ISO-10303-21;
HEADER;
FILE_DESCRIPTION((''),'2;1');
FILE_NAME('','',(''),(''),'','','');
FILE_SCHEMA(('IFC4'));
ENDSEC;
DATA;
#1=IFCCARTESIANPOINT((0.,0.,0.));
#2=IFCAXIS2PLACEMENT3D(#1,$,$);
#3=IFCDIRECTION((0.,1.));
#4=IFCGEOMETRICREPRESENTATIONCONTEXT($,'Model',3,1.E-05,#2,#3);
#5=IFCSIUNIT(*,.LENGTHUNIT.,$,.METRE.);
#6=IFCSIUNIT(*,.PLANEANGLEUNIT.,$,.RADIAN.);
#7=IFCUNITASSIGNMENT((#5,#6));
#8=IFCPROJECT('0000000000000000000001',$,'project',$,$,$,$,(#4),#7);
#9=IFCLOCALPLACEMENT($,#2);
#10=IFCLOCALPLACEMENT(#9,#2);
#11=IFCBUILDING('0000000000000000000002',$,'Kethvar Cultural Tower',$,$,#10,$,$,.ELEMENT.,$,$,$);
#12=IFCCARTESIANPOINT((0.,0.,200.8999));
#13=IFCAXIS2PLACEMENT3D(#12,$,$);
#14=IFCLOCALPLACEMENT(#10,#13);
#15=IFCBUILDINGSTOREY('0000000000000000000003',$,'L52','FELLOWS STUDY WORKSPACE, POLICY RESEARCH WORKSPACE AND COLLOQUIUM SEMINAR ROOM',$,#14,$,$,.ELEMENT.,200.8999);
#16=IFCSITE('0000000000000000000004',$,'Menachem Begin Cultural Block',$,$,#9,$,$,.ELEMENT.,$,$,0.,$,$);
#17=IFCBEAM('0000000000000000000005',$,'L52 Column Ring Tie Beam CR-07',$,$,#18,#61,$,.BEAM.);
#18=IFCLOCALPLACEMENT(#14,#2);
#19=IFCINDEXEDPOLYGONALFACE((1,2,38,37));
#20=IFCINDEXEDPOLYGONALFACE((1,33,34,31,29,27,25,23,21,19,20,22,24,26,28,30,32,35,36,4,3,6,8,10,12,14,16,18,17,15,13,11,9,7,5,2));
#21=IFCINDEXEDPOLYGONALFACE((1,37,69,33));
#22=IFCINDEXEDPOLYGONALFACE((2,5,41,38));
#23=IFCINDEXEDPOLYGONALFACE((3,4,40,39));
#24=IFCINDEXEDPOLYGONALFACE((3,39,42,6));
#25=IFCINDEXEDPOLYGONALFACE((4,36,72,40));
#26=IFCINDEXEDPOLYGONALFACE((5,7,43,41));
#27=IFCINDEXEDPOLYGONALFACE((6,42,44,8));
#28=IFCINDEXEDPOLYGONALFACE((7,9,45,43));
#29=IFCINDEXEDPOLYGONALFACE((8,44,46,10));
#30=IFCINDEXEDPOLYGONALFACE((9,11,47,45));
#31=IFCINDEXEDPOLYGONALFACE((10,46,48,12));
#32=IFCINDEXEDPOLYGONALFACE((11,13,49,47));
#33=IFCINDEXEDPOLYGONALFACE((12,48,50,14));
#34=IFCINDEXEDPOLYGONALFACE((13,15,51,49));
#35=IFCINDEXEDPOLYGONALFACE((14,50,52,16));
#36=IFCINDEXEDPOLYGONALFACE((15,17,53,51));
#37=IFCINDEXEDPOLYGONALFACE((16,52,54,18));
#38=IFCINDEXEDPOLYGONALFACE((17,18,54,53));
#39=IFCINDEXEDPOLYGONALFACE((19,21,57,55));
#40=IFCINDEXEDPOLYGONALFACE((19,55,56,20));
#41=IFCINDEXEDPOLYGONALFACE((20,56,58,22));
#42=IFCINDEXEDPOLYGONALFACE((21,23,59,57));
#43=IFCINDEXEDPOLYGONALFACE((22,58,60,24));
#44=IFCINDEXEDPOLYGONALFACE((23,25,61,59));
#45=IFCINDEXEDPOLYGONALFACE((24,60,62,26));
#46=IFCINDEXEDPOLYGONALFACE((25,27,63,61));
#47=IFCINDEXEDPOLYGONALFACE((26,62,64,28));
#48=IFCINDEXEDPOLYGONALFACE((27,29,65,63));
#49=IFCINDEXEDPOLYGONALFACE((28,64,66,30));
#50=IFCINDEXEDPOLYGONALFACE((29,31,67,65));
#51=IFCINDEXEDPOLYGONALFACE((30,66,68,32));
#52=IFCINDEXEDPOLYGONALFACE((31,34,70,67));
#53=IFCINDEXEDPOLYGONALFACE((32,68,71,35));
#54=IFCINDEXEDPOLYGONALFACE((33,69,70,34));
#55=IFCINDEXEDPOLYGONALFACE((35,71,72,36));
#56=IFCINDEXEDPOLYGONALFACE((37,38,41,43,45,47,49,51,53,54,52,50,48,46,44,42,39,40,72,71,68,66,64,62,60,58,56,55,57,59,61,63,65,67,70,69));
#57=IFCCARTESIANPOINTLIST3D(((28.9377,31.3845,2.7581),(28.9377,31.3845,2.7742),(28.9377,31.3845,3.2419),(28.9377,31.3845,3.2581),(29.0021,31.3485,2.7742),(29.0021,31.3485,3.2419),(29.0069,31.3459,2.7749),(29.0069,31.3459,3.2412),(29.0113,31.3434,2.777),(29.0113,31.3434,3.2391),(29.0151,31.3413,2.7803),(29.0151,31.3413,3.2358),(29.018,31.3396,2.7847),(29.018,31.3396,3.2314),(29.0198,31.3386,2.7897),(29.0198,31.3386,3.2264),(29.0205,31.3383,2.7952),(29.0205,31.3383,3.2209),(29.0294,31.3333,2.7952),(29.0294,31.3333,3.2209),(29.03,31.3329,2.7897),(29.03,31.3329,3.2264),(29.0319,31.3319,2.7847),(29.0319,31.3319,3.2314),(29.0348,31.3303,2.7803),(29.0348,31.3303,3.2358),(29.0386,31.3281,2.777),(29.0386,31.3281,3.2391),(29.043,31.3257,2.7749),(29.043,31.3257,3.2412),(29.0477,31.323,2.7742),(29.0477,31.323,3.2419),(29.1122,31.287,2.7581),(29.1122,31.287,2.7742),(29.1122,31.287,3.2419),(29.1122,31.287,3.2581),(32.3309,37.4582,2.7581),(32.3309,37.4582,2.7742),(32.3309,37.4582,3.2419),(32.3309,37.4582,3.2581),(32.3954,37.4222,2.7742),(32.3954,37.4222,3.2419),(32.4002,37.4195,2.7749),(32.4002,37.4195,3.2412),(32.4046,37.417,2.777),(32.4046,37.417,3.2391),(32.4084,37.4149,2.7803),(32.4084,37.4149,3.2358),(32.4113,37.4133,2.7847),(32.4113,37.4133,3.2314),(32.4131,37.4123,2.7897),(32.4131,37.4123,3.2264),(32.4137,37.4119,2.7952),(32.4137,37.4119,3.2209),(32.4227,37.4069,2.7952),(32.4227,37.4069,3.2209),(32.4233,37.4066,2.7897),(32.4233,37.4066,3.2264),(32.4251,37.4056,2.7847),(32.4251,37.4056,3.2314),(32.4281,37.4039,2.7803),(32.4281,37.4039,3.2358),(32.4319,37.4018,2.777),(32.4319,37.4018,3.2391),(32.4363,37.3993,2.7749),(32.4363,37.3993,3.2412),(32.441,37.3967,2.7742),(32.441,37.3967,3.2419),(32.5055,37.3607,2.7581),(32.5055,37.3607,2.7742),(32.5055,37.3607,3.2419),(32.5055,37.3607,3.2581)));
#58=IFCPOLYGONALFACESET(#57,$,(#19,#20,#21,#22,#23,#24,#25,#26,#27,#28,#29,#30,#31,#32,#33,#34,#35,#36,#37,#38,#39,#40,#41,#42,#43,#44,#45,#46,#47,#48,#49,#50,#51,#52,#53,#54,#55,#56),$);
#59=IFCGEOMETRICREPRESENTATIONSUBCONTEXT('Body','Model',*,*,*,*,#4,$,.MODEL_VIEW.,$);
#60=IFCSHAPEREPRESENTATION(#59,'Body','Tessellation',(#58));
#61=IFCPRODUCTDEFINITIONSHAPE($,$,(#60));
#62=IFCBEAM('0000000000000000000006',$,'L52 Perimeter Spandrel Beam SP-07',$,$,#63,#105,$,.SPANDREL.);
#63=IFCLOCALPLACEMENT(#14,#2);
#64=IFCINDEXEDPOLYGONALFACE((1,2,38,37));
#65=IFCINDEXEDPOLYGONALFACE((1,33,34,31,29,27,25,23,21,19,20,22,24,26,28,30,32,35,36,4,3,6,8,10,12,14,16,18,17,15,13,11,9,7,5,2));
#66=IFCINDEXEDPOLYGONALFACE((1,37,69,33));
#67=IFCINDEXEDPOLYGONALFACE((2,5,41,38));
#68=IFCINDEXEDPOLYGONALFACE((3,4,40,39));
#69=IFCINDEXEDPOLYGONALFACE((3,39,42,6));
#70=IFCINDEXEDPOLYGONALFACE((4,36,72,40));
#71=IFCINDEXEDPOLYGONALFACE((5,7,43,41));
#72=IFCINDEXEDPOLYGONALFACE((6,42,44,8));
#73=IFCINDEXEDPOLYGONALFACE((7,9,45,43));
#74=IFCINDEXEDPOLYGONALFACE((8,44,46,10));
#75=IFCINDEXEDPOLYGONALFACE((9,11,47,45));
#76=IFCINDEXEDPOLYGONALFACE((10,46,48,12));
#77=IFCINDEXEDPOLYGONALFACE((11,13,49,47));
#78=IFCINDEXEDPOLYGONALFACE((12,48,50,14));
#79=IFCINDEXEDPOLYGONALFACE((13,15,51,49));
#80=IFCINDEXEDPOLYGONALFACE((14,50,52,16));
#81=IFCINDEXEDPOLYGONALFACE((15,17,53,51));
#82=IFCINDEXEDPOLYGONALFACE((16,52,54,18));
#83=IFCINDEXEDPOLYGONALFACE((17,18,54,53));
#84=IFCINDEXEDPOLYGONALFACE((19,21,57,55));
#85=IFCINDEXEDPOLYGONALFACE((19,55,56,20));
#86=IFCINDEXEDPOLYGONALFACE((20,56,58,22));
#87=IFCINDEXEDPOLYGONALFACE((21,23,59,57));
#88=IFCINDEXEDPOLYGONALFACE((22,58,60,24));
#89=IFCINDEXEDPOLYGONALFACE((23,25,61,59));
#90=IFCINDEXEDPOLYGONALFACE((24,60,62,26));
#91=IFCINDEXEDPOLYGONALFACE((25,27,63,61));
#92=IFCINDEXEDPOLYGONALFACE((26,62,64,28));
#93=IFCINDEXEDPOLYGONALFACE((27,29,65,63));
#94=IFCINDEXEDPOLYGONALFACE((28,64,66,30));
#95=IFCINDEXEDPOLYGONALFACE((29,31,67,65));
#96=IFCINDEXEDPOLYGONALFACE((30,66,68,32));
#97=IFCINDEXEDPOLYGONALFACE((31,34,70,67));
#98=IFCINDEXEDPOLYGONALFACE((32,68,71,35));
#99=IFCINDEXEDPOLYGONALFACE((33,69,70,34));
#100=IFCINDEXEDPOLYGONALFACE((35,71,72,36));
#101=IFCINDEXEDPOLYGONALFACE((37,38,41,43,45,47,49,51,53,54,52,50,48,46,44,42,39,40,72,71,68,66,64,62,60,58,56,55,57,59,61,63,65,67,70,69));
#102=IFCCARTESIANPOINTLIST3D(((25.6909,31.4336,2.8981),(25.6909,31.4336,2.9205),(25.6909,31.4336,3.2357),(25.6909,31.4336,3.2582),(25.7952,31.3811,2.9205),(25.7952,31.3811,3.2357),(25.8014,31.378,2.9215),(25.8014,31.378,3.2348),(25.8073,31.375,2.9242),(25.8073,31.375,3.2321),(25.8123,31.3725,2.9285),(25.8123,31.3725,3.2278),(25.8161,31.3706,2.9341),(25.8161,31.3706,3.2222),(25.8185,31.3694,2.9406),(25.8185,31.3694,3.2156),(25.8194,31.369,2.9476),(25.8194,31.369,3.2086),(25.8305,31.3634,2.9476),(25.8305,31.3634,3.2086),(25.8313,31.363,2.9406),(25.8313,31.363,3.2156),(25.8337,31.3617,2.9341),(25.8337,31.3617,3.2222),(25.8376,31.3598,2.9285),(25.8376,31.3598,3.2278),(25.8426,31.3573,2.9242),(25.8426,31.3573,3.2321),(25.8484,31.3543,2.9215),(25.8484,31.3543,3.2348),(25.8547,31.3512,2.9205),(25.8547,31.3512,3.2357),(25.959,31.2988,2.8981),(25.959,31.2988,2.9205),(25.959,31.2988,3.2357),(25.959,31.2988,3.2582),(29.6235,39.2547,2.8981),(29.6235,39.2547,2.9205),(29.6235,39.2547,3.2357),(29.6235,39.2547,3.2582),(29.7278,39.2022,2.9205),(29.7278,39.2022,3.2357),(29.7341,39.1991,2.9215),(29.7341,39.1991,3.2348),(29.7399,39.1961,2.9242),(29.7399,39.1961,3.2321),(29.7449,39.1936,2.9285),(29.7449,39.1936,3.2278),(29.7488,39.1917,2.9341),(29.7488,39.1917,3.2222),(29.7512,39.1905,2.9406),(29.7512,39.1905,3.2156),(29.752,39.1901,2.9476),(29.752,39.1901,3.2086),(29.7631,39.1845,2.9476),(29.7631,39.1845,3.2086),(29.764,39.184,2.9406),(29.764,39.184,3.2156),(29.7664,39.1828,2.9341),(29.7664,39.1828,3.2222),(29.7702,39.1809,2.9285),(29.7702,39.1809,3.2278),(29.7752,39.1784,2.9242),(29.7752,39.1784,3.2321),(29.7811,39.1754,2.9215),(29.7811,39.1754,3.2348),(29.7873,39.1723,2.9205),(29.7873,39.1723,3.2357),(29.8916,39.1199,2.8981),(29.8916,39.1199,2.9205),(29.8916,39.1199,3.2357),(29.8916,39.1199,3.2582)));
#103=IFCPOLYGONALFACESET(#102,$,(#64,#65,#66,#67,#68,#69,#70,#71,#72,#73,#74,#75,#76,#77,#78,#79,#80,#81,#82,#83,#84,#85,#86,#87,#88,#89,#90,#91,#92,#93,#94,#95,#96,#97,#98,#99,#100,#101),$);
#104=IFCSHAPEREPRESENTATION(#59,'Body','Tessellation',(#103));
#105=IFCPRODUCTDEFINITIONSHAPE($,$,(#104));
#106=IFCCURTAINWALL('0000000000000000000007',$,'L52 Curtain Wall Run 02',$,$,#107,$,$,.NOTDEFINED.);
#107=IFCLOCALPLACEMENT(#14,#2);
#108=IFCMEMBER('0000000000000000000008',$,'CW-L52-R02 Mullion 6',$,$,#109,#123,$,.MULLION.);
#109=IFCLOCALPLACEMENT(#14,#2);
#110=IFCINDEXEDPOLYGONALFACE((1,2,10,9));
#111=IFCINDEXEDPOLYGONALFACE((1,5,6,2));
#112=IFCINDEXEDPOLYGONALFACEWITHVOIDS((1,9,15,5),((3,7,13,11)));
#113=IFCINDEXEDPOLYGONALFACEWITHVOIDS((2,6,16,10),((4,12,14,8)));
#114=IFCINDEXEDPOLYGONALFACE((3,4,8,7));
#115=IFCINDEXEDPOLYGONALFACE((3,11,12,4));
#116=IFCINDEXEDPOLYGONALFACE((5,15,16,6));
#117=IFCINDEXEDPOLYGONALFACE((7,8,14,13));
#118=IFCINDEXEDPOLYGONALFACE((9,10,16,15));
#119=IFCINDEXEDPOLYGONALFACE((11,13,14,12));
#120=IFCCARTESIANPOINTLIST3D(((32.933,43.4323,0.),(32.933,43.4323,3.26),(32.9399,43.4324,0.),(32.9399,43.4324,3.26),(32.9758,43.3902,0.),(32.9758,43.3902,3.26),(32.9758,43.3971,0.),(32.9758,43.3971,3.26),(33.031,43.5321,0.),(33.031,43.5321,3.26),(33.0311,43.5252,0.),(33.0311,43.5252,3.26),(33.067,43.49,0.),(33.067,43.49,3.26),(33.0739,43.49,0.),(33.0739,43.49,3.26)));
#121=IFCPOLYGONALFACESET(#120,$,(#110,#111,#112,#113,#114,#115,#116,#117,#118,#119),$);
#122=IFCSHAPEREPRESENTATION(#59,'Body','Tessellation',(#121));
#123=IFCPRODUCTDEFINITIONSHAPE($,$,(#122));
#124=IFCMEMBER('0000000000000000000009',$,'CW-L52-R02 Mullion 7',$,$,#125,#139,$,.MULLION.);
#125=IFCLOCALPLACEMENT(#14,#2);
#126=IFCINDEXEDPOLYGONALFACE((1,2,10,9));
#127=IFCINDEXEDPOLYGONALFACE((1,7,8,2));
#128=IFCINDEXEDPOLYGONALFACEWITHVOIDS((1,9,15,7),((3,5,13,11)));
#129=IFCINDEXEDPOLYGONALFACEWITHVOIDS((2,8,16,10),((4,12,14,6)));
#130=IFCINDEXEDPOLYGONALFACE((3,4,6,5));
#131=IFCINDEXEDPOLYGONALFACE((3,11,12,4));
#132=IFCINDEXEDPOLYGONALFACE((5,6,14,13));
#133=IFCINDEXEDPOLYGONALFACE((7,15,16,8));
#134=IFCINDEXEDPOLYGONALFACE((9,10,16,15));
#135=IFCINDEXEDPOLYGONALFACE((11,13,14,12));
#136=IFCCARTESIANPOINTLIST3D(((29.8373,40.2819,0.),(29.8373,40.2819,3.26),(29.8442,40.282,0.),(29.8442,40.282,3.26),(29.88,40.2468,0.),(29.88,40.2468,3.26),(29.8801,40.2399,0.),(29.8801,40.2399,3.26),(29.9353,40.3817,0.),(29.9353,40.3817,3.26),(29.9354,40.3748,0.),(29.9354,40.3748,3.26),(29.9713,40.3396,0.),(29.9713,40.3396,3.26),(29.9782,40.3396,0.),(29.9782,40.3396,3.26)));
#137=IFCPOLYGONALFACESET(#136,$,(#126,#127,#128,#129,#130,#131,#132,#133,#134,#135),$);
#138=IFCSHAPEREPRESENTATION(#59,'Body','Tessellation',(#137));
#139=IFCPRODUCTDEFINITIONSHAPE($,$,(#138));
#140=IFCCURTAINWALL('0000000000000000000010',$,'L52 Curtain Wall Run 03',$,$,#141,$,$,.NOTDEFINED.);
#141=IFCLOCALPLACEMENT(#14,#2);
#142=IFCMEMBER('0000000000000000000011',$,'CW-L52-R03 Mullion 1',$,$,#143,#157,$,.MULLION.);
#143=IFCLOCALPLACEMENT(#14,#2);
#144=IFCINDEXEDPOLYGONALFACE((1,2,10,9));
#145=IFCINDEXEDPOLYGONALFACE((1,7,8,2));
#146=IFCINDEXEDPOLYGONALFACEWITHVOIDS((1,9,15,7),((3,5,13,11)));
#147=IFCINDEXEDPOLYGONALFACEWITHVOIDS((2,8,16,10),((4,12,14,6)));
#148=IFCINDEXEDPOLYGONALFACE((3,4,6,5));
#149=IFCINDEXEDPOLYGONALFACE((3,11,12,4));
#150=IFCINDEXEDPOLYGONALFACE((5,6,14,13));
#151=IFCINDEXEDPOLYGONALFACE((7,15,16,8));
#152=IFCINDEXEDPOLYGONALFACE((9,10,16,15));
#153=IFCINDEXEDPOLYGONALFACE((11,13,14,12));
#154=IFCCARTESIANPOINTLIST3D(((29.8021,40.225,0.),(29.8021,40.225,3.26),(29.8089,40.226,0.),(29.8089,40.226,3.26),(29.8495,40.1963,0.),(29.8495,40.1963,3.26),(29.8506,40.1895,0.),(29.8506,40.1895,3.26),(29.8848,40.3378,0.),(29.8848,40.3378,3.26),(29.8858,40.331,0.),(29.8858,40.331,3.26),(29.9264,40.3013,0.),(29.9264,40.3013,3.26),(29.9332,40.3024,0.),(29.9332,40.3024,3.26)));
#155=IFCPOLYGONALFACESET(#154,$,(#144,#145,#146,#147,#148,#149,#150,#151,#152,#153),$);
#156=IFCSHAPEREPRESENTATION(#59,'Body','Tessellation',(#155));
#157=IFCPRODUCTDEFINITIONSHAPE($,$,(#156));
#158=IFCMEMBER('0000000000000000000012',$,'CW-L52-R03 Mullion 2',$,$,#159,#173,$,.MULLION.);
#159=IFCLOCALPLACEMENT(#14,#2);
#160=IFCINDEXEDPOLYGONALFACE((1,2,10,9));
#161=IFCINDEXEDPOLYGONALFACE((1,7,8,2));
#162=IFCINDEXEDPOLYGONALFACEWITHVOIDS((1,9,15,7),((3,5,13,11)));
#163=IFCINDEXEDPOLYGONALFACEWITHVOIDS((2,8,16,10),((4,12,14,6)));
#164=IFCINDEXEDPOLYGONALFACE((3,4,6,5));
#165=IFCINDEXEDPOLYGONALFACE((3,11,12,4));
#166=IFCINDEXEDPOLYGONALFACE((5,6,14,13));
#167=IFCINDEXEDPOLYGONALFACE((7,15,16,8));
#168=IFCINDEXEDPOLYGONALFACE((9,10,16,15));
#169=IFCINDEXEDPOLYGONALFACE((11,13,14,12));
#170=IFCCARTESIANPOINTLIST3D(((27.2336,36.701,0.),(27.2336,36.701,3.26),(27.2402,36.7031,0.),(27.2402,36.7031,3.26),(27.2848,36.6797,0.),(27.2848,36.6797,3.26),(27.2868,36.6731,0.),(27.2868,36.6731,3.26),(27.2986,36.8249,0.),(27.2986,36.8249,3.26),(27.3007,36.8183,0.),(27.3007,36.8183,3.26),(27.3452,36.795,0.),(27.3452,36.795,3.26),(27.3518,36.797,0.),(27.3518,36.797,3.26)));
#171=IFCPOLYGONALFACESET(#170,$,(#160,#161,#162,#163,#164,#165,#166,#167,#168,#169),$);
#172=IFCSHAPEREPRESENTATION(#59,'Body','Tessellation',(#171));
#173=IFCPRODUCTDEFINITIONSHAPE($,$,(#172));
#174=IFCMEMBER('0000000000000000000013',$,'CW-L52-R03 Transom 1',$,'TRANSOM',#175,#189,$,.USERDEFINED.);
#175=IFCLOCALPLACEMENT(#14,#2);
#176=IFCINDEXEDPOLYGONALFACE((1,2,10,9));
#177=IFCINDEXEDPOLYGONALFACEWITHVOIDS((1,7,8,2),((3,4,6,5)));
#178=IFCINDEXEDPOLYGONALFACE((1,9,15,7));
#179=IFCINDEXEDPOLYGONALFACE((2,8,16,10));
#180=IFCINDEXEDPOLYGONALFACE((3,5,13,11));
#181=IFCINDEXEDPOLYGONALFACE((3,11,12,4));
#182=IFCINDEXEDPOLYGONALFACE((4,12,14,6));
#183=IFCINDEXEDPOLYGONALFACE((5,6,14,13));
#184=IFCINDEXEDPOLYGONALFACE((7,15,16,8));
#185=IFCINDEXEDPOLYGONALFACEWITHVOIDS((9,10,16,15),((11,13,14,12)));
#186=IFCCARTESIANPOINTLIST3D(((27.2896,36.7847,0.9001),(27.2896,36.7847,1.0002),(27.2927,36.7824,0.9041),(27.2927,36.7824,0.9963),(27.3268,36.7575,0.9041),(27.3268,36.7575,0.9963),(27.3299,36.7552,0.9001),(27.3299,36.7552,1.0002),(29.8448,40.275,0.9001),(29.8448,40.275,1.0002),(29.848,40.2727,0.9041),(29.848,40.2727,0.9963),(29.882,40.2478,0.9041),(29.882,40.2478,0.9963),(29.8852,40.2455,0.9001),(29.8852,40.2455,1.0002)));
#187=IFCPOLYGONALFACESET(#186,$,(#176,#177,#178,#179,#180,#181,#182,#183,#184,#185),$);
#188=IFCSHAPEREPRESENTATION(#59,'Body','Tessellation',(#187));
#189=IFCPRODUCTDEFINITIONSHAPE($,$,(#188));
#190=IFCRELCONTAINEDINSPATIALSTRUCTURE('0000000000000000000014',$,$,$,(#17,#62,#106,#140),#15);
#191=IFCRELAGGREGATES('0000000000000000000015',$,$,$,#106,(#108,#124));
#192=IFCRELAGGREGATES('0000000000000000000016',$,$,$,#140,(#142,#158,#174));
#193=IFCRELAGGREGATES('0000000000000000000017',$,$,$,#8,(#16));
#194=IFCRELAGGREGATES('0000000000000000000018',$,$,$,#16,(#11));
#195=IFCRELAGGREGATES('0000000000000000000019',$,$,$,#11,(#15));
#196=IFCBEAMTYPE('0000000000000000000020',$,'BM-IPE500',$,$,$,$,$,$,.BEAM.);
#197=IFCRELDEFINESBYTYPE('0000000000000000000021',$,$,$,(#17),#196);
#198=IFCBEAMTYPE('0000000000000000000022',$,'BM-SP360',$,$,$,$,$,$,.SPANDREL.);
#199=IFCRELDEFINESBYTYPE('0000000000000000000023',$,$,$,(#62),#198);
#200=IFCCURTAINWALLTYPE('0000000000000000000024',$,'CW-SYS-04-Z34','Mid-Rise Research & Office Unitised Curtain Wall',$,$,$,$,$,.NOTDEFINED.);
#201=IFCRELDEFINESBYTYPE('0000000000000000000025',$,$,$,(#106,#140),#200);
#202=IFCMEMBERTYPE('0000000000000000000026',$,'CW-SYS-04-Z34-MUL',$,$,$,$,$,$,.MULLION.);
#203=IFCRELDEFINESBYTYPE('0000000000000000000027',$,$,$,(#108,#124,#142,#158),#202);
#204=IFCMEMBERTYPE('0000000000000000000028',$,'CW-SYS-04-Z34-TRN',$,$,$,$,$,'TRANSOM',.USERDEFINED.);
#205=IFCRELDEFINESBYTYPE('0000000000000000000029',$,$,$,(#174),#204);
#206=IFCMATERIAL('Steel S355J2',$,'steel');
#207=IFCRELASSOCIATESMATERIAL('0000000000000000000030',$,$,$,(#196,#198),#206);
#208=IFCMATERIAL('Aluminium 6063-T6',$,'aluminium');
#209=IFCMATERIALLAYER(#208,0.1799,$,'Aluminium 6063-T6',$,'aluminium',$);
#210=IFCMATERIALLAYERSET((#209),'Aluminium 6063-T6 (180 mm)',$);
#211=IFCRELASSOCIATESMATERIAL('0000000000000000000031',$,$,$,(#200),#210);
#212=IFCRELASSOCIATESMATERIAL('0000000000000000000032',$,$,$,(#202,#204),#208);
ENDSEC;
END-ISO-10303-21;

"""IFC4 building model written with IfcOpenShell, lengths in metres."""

from ifc_helpers import new_model, si_unit, direction, frame, origin, origin_2d, place, context, subcontext, project, spatial, hollow_rectangle, i_section, extrude, source, transform, mapped, material, layer, layer_set, material_profile, profile_set, type_object, element, aggregate, save


model = new_model("IFC4")

# Units and contexts
model_context = context("Model", 3, precision=1e-05, world=origin(), true_north=direction((0.0, 1.0)))
body_context = subcontext(model_context, "Body", "Model", "MODEL_VIEW")
ifc_project = project(units=[si_unit("LENGTHUNIT", "METRE"), si_unit("PLANEANGLEUNIT", "RADIAN")], contexts=[model_context])

# Site, building, storey
site_placement = place(None, origin())
site = spatial("IfcSite", under=ifc_project, at=site_placement, Name="Menachem Begin Cultural Block", CompositionType="ELEMENT", RefElevation=0.0)
building_placement = place(site_placement, origin())
building = spatial("IfcBuilding", under=site, at=building_placement, Name="Kethvar Cultural Tower", CompositionType="ELEMENT")
storey_placement = place(building_placement, frame((0.0, 0.0, 200.8999)))
storey = spatial("IfcBuildingStorey", under=building, at=storey_placement, Name="L52", Description="FELLOWS STUDY WORKSPACE, POLICY RESEARCH WORKSPACE AND COLLOQUIUM SEMINAR ROOM", CompositionType="ELEMENT", Elevation=200.8999)

# Beams
ifc_material_1 = material(Name="Steel S355J2", Category="steel")
ifc_material_profile_1 = material_profile(ifc_material_1, i_section(OverallWidth=0.2, OverallDepth=0.5, WebThickness=0.0103, FlangeThickness=0.0161, FilletRadius=0.021, at=origin_2d()), Name="Steel S355J2 — IPE500")
ifc_profile_set_1 = profile_set([ifc_material_profile_1], Name="Steel S355J2 — IPE500")
beam_type_1 = type_object("IfcBeamType", Name="BM-IPE500", PredefinedType="BEAM", material=ifc_profile_set_1)
ifc_material_profile_2 = material_profile(ifc_material_1, i_section(OverallWidth=0.3, OverallDepth=0.3601, WebThickness=0.0125, FlangeThickness=0.0225, FilletRadius=0.0271, at=origin_2d()), Name="Steel S355J2 — HEB360")
ifc_profile_set_2 = profile_set([ifc_material_profile_2], Name="Steel S355J2 — HEB360")
beam_type_2 = type_object("IfcBeamType", Name="BM-SP360", PredefinedType="SPANDREL", material=ifc_profile_set_2)
shared_shape_1 = source(origin(), body_context, "Body", "SweptSolid", [
    extrude(i_section(OverallWidth=0.2, OverallDepth=0.5, WebThickness=0.0103, FlangeThickness=0.0161, FilletRadius=0.021, at=origin_2d()), origin(), (0.0, 0.0, 1.0), 6.9573),
])
beam_1_placement = place(storey_placement, frame((32.4182, 37.4094, 3.0081), z_axis=(-0.48773, -0.872994, 0.0), x_axis=(0.872994, -0.48773, 0.0)))
element("IfcBeam", 1, at=beam_1_placement, inside=storey, type_object=beam_type_1, Name="L52 Column Ring Tie Beam CR-07", PredefinedType="BEAM", context=body_context, shape_type="MappedRepresentation", body=[
    mapped(shared_shape_1, transform((0.0, 0.0, 0.0), scale=1.0)),
])
shared_shape_2 = source(origin(), body_context, "Body", "SweptSolid", [
    extrude(i_section(OverallWidth=0.3, OverallDepth=0.3601, WebThickness=0.0125, FlangeThickness=0.0225, FilletRadius=0.0271, at=origin_2d()), origin(), (0.0, 0.0, 1.0), 8.7542),
])
beam_2_placement = place(storey_placement, frame((29.7576, 39.1873, 3.0781), z_axis=(-0.449232, -0.893415, 0.0), x_axis=(0.893415, -0.449232, 0.0)))
element("IfcBeam", 2, at=beam_2_placement, inside=storey, type_object=beam_type_2, Name="L52 Perimeter Spandrel Beam SP-07", PredefinedType="SPANDREL", context=body_context, shape_type="MappedRepresentation", body=[
    mapped(shared_shape_2, transform((0.0, 0.0, 0.0), scale=1.0)),
])

# Curtain walls, members
ifc_material_2 = material(Name="Aluminium 6063-T6", Category="aluminium")
ifc_layer_1 = layer(ifc_material_2, 0.1799, Name="Aluminium 6063-T6", Category="aluminium")
ifc_layer_set_1 = layer_set([ifc_layer_1], Name="Aluminium 6063-T6 (180 mm)")
curtain_wall_type = type_object("IfcCurtainWallType", Name="CW-SYS-04-Z34", Description="Mid-Rise Research & Office Unitised Curtain Wall", PredefinedType="NOTDEFINED", material=ifc_layer_set_1)
curtain_wall_1_placement = place(storey_placement, origin())
curtain_wall_1 = element("IfcCurtainWall", 3, at=curtain_wall_1_placement, inside=storey, type_object=curtain_wall_type, Name="L52 Curtain Wall Run 02", PredefinedType="NOTDEFINED")
ifc_material_profile_3 = material_profile(ifc_material_2, hollow_rectangle(XDim=0.0601, YDim=0.1399, WallThickness=0.0049, at=origin_2d()), Name="Aluminium 6063-T6 — RHS140x60x5")
ifc_profile_set_3 = profile_set([ifc_material_profile_3], Name="Aluminium 6063-T6 — RHS140x60x5")
member_type_1 = type_object("IfcMemberType", Name="CW-SYS-04-Z34-MUL", PredefinedType="MULLION", material=ifc_profile_set_3)
shared_shape_3 = source(origin(), body_context, "Body", "SweptSolid", [
    extrude(hollow_rectangle(XDim=0.0601, YDim=0.1399, WallThickness=0.0049, at=origin_2d()), origin(), (0.0, 0.0, 1.0), 3.26),
])
member_1_placement = place(storey_placement, frame((33.0034, 43.4612, 0.0), z_axis=(0.0, 0.0, 1.0), x_axis=(0.713275, -0.700884, 0.0)))
member_1 = element("IfcMember", 4, at=member_1_placement, type_object=member_type_1, Name="CW-L52-R02 Mullion 6", PredefinedType="MULLION", context=body_context, shape_type="MappedRepresentation", body=[
    mapped(shared_shape_3, transform((0.0, 0.0, 0.0), scale=1.0)),
])
member_2_placement = place(storey_placement, frame((29.9077, 40.3108, 0.0), z_axis=(0.0, 0.0, 1.0), x_axis=(0.713275, -0.700884, 0.0)))
member_2 = element("IfcMember", 5, at=member_2_placement, type_object=member_type_1, Name="CW-L52-R02 Mullion 7", PredefinedType="MULLION", context=body_context, shape_type="MappedRepresentation", body=[
    mapped(shared_shape_3, transform((0.0, 0.0, 0.0), scale=1.0)),
])
curtain_wall_2_placement = place(storey_placement, origin())
curtain_wall_2 = element("IfcCurtainWall", 6, at=curtain_wall_2_placement, inside=storey, type_object=curtain_wall_type, Name="L52 Curtain Wall Run 03", PredefinedType="NOTDEFINED")
member_3_placement = place(storey_placement, frame((29.8677, 40.2637, 0.0), z_axis=(0.0, 0.0, 1.0), x_axis=(0.806847, -0.590761, 0.0)))
member_3 = element("IfcMember", 7, at=member_3_placement, type_object=member_type_1, Name="CW-L52-R03 Mullion 1", PredefinedType="MULLION", context=body_context, shape_type="MappedRepresentation", body=[
    mapped(shared_shape_3, transform((0.0, 0.0, 0.0), scale=1.0)),
])
member_4_placement = place(storey_placement, frame((27.2927, 36.749, 0.0), z_axis=(0.0, 0.0, 1.0), x_axis=(0.885556, -0.464533, 0.0)))
member_4 = element("IfcMember", 8, at=member_4_placement, type_object=member_type_1, Name="CW-L52-R03 Mullion 2", PredefinedType="MULLION", context=body_context, shape_type="MappedRepresentation", body=[
    mapped(shared_shape_3, transform((0.0, 0.0, 0.0), scale=1.0)),
])
ifc_material_profile_4 = material_profile(ifc_material_2, hollow_rectangle(XDim=0.05, YDim=0.1001, WallThickness=0.0039, at=origin_2d()), Name="Aluminium 6063-T6 — RHS100x50x4")
ifc_profile_set_4 = profile_set([ifc_material_profile_4], Name="Aluminium 6063-T6 — RHS100x50x4")
member_type_2 = type_object("IfcMemberType", Name="CW-SYS-04-Z34-TRN", ElementType="TRANSOM", PredefinedType="USERDEFINED", material=ifc_profile_set_4)
shared_shape_4 = source(origin(), body_context, "Body", "SweptSolid", [
    extrude(hollow_rectangle(XDim=0.05, YDim=0.1001, WallThickness=0.0039, at=origin_2d()), origin(), (0.0, 0.0, 1.0), 4.3257),
])
member_5_placement = place(storey_placement, frame((29.865, 40.2603, 0.9502), z_axis=(-0.590713, -0.806882, 0.0), x_axis=(0.806882, -0.590713, 0.0)))
member_5 = element("IfcMember", 9, at=member_5_placement, type_object=member_type_2, Name="CW-L52-R03 Transom 1", ObjectType="TRANSOM", PredefinedType="USERDEFINED", context=body_context, shape_type="MappedRepresentation", body=[
    mapped(shared_shape_4, transform((0.0, 0.0, 0.0), scale=1.0)),
])

aggregate(curtain_wall_1, [member_1, member_2])
aggregate(curtain_wall_2, [member_3, member_4, member_5])

save(model, "model.ifc")
